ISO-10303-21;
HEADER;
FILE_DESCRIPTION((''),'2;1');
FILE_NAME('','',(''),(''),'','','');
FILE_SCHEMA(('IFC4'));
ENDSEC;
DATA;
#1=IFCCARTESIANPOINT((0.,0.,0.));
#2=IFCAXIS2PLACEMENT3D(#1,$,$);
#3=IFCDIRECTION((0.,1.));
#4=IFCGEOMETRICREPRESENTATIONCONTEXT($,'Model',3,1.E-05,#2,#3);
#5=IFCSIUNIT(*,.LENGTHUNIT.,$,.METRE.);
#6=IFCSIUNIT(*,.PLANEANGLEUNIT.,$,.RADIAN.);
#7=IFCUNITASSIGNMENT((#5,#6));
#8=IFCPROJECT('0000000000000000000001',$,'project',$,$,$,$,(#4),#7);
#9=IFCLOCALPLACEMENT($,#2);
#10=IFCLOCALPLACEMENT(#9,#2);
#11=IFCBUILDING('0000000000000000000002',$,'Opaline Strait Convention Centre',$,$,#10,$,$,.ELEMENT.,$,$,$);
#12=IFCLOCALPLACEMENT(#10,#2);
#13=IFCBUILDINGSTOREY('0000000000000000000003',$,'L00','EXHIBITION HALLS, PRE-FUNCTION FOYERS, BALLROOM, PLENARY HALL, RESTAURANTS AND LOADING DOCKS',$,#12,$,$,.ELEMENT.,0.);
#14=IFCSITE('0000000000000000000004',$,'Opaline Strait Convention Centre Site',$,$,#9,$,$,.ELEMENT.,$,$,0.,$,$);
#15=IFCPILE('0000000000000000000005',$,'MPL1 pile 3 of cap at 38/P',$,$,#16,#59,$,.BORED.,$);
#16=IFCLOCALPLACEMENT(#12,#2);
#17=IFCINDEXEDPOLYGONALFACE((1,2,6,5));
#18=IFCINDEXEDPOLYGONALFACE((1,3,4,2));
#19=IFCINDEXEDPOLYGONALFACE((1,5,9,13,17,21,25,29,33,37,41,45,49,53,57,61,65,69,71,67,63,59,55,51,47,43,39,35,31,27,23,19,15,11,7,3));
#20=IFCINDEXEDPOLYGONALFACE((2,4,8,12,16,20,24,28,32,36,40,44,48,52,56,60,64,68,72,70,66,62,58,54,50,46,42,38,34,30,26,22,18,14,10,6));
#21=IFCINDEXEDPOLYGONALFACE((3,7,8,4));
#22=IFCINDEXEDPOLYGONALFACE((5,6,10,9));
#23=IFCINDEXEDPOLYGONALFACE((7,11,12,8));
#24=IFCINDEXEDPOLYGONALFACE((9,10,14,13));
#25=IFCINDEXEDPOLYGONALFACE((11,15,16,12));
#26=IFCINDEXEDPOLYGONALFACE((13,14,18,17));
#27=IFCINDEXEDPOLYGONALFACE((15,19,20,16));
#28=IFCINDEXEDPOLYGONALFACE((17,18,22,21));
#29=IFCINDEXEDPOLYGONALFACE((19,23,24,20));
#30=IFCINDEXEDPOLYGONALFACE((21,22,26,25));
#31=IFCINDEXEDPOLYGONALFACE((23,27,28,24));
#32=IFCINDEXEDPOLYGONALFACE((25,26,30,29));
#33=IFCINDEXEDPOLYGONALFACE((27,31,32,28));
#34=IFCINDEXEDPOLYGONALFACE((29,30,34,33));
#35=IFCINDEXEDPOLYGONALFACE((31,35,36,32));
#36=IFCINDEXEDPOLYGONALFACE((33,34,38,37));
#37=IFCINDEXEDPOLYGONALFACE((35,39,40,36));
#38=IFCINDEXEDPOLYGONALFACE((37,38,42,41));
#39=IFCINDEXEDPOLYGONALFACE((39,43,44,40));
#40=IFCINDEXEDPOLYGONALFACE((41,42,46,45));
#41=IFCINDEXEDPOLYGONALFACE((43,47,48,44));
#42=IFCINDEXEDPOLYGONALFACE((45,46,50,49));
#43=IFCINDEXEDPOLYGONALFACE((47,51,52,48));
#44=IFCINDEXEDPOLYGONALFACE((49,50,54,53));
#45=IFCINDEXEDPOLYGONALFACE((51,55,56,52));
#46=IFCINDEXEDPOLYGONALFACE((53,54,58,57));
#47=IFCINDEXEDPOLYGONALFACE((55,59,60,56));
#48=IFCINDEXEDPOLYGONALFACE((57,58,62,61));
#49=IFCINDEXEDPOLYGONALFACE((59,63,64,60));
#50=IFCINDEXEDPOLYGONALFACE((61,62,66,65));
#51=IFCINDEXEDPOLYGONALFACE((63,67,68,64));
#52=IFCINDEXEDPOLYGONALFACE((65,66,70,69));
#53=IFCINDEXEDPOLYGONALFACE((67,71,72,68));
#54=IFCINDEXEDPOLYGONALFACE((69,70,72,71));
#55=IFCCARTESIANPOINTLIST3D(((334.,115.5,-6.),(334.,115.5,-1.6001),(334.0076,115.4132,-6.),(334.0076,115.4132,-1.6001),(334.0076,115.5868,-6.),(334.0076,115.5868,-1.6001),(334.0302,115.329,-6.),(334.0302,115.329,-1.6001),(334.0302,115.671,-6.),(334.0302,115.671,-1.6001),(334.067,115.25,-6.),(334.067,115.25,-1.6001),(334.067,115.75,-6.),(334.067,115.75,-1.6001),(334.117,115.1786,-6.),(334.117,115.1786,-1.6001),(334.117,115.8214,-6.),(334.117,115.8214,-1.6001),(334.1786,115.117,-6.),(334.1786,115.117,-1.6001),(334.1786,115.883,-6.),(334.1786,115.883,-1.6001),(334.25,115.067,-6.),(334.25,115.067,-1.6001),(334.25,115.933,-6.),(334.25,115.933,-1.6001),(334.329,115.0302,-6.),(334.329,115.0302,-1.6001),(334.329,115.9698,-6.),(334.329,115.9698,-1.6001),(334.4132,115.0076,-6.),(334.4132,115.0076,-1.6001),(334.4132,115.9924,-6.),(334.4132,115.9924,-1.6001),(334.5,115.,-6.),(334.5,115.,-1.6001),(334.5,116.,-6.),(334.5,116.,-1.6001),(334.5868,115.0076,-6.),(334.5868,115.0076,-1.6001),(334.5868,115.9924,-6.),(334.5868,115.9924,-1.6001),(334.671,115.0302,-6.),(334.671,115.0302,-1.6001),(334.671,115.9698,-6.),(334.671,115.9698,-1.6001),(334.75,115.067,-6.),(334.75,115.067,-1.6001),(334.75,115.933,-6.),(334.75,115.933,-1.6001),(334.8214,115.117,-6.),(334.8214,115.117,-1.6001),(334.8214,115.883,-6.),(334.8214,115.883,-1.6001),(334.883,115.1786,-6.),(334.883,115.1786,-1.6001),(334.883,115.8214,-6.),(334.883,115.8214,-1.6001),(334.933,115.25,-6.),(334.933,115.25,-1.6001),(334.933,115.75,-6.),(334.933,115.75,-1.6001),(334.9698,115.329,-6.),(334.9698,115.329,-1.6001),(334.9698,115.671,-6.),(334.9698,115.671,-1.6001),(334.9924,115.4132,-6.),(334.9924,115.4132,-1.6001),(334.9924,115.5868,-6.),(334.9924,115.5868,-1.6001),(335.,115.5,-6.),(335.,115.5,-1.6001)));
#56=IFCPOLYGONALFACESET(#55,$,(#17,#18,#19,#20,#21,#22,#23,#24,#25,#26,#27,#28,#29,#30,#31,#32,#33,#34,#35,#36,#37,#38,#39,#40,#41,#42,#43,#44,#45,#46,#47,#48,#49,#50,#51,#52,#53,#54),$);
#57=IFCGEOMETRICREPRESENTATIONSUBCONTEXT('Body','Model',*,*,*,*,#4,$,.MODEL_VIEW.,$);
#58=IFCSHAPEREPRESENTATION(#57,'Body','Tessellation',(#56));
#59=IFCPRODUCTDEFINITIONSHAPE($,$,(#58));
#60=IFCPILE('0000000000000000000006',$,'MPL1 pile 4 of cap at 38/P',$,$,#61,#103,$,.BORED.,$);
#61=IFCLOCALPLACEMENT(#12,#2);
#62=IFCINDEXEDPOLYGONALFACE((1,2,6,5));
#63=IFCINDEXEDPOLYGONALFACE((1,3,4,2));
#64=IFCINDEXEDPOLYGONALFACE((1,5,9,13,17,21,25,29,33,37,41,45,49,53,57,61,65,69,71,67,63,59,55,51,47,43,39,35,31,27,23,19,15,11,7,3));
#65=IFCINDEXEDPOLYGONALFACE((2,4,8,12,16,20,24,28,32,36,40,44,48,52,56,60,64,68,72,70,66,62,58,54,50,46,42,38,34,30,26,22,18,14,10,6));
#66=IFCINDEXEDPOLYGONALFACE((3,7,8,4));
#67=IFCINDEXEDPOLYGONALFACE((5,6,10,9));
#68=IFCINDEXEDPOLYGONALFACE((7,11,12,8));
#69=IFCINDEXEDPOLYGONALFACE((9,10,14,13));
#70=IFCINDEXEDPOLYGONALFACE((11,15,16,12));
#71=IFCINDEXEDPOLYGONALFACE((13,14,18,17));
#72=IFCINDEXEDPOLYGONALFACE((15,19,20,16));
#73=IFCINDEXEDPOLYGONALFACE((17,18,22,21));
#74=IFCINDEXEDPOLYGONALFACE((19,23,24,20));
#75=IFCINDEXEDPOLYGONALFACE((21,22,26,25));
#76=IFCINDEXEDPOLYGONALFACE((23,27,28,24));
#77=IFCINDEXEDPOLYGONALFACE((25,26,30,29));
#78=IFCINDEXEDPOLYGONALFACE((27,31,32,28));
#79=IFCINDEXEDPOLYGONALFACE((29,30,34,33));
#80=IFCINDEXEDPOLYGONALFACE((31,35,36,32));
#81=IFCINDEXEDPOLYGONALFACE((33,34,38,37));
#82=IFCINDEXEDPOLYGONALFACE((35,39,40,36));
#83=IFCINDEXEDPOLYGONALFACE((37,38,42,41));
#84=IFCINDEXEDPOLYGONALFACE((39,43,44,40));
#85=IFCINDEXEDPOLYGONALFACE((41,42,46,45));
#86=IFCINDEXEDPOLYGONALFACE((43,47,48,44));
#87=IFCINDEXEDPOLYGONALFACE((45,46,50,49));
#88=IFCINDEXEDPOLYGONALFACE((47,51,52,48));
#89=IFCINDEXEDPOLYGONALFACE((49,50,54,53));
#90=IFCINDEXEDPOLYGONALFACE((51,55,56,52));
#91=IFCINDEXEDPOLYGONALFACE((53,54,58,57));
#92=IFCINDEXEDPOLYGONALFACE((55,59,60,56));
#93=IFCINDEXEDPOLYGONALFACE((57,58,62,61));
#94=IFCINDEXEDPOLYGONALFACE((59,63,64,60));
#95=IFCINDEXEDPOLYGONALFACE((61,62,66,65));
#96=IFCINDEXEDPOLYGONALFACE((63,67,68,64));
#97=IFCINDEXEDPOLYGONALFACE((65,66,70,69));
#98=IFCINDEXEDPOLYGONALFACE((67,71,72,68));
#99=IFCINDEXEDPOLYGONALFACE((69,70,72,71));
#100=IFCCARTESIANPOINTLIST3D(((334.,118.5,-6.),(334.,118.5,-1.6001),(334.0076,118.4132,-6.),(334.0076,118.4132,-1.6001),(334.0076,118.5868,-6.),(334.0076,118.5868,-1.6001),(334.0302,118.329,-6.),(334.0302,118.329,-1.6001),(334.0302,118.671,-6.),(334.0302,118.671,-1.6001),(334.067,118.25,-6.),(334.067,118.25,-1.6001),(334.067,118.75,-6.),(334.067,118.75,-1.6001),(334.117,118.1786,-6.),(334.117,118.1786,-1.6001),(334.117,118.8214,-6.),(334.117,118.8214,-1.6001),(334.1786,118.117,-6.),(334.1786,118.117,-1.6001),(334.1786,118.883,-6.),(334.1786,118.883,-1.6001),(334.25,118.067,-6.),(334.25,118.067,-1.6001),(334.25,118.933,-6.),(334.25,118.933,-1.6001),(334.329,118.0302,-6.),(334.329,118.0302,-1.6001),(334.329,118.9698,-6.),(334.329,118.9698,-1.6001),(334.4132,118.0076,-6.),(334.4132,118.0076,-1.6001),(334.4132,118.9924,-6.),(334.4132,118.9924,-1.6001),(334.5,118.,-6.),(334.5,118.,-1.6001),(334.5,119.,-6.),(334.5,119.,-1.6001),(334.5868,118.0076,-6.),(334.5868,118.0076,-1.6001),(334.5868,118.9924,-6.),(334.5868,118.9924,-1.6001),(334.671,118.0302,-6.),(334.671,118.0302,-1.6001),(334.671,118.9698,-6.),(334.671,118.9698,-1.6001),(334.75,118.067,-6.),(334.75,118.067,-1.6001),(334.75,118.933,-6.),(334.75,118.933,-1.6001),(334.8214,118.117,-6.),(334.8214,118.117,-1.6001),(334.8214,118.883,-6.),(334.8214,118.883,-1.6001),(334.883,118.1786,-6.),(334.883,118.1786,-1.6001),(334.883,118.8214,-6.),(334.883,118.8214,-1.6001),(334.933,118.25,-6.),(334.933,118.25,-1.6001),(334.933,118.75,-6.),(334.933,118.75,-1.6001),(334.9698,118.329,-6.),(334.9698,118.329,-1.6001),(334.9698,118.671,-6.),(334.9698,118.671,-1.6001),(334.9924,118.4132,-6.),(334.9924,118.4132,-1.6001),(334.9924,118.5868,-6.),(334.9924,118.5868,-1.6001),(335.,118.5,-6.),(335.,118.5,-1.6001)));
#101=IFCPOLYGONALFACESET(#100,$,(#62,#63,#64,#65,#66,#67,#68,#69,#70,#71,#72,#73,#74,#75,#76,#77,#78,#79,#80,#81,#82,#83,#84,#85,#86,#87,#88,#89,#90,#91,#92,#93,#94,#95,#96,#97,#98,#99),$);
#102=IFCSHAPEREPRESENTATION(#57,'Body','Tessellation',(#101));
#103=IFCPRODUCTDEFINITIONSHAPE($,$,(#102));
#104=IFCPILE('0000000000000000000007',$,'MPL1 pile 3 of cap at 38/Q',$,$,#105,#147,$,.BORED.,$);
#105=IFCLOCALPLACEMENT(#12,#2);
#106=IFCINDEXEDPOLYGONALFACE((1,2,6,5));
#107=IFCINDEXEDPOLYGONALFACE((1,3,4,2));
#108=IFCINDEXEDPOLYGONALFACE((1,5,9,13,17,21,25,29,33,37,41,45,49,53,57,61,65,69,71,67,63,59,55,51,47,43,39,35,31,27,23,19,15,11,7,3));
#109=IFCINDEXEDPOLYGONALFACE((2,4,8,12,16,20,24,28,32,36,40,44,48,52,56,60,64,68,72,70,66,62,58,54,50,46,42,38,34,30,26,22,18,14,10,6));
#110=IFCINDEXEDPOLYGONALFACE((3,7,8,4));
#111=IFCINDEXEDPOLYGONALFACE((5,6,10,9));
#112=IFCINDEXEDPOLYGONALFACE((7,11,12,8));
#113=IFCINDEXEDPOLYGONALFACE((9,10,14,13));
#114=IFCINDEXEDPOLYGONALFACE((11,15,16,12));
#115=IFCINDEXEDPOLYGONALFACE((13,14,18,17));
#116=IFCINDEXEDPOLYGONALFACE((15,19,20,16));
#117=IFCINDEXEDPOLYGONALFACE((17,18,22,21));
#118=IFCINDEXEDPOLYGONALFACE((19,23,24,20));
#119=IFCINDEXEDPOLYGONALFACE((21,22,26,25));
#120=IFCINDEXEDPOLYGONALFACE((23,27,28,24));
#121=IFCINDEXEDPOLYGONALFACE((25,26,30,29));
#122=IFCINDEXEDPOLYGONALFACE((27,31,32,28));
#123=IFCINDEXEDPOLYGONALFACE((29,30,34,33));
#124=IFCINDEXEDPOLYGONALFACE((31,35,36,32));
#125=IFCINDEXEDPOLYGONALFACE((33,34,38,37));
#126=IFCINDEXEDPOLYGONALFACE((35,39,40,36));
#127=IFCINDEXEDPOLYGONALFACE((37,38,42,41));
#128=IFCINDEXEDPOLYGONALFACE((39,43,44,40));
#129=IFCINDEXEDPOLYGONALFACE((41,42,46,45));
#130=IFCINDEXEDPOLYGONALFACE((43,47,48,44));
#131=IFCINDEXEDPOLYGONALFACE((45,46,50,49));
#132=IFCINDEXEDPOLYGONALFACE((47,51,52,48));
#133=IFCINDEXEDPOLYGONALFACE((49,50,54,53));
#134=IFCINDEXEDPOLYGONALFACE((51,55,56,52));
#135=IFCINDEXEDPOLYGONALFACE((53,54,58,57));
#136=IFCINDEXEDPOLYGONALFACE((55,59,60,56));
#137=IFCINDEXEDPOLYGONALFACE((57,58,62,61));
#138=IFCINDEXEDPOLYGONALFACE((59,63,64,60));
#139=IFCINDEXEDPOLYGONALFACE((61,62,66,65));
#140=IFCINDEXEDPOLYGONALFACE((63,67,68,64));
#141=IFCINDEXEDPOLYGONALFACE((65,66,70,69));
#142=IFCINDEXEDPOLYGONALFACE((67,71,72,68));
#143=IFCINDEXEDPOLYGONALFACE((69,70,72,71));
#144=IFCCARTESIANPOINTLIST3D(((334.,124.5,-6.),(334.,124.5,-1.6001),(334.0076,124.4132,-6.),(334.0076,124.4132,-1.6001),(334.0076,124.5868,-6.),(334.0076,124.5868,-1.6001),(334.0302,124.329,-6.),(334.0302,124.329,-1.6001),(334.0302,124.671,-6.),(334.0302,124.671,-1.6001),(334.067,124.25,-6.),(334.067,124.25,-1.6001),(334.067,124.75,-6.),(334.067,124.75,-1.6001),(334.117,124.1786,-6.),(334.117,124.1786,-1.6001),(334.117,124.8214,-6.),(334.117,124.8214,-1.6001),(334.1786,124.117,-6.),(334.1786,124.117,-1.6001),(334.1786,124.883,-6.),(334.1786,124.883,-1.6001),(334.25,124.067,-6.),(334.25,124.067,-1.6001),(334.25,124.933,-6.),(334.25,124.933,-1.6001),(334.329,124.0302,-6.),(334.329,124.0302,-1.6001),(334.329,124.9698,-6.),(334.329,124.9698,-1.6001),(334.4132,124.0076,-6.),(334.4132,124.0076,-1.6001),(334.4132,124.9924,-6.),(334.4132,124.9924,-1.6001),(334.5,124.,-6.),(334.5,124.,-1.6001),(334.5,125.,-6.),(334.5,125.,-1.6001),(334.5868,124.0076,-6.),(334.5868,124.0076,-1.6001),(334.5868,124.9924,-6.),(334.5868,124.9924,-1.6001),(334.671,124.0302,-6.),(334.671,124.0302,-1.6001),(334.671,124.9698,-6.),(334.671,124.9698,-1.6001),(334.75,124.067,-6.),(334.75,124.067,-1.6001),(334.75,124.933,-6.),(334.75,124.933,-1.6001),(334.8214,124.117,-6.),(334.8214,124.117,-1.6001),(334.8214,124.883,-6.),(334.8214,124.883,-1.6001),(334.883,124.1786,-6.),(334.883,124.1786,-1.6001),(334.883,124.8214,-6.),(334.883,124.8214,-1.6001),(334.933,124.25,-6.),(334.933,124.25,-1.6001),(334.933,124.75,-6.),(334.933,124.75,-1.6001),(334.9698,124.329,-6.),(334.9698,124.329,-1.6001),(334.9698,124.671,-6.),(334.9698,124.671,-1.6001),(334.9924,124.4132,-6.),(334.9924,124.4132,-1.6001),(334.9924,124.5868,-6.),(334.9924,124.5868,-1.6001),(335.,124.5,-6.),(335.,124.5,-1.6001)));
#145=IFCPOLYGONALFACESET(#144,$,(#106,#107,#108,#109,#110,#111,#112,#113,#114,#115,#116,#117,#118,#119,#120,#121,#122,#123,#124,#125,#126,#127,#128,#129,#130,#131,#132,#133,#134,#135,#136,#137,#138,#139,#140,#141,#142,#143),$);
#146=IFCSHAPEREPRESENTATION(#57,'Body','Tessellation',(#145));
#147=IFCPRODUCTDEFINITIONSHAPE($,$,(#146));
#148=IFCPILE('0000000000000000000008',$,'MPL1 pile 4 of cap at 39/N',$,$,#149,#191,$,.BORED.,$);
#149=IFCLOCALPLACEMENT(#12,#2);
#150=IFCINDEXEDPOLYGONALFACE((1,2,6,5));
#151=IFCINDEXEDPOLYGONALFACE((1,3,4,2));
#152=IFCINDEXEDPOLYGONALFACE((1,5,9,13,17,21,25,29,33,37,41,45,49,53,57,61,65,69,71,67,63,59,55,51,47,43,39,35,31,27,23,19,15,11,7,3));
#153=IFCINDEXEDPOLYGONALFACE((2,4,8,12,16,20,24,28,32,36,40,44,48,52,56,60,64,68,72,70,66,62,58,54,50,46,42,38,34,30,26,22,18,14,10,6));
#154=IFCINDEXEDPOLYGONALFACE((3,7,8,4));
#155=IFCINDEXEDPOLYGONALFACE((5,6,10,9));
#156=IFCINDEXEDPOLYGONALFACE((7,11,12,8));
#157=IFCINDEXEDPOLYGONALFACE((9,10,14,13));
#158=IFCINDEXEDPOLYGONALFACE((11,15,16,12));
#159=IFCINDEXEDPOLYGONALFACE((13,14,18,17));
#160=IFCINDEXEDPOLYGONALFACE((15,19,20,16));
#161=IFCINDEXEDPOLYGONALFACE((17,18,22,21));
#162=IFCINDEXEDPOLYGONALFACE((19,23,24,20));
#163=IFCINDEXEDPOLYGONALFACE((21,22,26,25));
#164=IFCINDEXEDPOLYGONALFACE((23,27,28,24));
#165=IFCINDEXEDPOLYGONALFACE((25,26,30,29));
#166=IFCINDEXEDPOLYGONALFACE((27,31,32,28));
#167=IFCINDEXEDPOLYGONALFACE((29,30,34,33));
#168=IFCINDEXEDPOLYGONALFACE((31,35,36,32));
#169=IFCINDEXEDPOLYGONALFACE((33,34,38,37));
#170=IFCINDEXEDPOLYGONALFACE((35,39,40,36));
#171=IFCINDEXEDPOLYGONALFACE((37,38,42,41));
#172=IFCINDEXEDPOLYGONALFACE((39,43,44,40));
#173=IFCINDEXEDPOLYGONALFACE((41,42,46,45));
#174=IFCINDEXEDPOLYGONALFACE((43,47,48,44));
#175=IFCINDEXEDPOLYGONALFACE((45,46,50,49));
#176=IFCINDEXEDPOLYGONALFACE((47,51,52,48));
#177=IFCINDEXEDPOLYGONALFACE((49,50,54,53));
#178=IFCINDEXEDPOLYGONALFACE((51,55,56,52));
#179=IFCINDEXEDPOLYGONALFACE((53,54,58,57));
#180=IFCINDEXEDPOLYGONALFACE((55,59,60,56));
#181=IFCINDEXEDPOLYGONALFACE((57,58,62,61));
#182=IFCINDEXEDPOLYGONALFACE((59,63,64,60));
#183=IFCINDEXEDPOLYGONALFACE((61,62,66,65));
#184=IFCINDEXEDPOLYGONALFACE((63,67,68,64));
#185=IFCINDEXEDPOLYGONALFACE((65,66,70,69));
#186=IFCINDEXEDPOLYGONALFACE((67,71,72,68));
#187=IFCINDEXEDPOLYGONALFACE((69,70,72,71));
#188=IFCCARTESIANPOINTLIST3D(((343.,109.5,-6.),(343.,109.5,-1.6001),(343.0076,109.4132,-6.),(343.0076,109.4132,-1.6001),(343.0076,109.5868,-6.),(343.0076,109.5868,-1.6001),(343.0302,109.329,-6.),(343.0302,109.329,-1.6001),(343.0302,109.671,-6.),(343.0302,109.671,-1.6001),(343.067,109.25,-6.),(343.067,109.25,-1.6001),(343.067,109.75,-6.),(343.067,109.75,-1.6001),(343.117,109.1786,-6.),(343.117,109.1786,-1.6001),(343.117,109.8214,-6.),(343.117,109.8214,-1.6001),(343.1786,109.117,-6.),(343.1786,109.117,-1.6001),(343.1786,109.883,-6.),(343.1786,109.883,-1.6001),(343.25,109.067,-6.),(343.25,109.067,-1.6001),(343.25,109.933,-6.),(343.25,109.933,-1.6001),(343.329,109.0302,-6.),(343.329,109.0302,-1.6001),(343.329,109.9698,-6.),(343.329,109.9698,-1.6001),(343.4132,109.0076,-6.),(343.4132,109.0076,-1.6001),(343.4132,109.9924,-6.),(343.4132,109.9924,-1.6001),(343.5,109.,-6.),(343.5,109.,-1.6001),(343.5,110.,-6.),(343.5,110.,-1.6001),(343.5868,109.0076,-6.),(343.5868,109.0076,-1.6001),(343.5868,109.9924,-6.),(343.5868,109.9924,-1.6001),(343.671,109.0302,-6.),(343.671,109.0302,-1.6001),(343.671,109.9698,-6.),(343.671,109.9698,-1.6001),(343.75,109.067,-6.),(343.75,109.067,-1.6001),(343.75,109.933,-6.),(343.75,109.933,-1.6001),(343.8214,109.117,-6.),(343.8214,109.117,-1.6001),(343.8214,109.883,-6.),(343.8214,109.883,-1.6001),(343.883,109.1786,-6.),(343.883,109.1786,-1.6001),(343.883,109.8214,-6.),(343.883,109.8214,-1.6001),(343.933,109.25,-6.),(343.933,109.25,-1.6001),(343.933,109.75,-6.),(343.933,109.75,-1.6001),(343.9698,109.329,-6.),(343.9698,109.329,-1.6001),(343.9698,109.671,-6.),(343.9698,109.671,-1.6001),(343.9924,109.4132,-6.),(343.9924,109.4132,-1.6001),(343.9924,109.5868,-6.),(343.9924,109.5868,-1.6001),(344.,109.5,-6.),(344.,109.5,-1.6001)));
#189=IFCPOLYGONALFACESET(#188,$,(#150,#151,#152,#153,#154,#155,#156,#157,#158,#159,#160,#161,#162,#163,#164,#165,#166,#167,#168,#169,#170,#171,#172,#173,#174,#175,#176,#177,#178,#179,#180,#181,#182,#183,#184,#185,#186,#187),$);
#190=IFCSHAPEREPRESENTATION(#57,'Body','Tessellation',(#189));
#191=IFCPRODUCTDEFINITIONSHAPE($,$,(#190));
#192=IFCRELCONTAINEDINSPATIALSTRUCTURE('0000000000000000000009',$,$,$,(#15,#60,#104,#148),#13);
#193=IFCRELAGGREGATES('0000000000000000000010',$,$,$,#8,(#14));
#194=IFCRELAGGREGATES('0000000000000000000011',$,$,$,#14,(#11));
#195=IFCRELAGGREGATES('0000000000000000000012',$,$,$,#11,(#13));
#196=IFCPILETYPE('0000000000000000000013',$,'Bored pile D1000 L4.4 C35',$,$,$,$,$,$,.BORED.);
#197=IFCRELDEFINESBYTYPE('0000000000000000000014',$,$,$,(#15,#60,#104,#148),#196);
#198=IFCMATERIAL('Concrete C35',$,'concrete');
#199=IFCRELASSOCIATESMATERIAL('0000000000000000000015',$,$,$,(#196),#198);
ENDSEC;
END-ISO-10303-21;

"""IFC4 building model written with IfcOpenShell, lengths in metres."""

from ifc_helpers import new_model, si_unit, direction, frame, origin, origin_2d, place, context, subcontext, project, spatial, circle, extrude, material, material_profile, profile_set, type_object, element, save


model = new_model("IFC4")

# Units and contexts
model_context = context("Model", 3, precision=1e-05, world=origin(), true_north=direction((0.0, 1.0)))
body_context = subcontext(model_context, "Body", "Model", "MODEL_VIEW")
ifc_project = project(units=[si_unit("LENGTHUNIT", "METRE"), si_unit("PLANEANGLEUNIT", "RADIAN")], contexts=[model_context])

# Site, building, storey
site_placement = place(None, origin())
site = spatial("IfcSite", under=ifc_project, at=site_placement, Name="Opaline Strait Convention Centre Site", CompositionType="ELEMENT", RefElevation=0.0)
building_placement = place(site_placement, origin())
building = spatial("IfcBuilding", under=site, at=building_placement, Name="Opaline Strait Convention Centre", CompositionType="ELEMENT")
storey_placement = place(building_placement, origin())
storey = spatial("IfcBuildingStorey", under=building, at=storey_placement, Name="L00", Description="EXHIBITION HALLS, PRE-FUNCTION FOYERS, BALLROOM, PLENARY HALL, RESTAURANTS AND LOADING DOCKS", CompositionType="ELEMENT", Elevation=0.0)

# Piles
ifc_material_1 = material(Name="Concrete C35", Category="concrete")
ifc_material_profile_1 = material_profile(ifc_material_1, circle(Radius=0.5, at=origin_2d()), Name="D1000")
ifc_profile_set_1 = profile_set([ifc_material_profile_1], Name="Concrete C35")
pile_type = type_object("IfcPileType", Name="Bored pile D1000 L4.4 C35", PredefinedType="BORED", material=ifc_profile_set_1)
for number, where, z_axis, x_axis, name in (
    (1, (334.5, 115.5, -1.6001), (0.0, 0.0, -1.0), (1.0, 0.0, 0.0), "MPL1 pile 3 of cap at 38/P"),
    (2, (334.5, 118.5, -1.6001), (0.0, 0.0, -1.0), (1.0, 0.0, 0.0), "MPL1 pile 4 of cap at 38/P"),
    (3, (334.5, 124.5, -1.6001), (0.0, 0.0, -1.0), (1.0, 0.0, 0.0), "MPL1 pile 3 of cap at 38/Q"),
    (4, (343.5, 109.5, -1.6001), (0.0, 0.0, -1.0), (1.0, 0.0, 0.0), "MPL1 pile 4 of cap at 39/N"),
):
    element("IfcPile", number, at=place(storey_placement, frame(where, z_axis=z_axis, x_axis=x_axis)), inside=storey, type_object=pile_type, Name=name, PredefinedType="BORED", context=body_context, shape_type="SweptSolid", body=[
        extrude(circle(Radius=0.5, at=origin_2d()), origin(), (0.0, 0.0, 1.0), 4.3999),
    ])

save(model, "model.ifc")
